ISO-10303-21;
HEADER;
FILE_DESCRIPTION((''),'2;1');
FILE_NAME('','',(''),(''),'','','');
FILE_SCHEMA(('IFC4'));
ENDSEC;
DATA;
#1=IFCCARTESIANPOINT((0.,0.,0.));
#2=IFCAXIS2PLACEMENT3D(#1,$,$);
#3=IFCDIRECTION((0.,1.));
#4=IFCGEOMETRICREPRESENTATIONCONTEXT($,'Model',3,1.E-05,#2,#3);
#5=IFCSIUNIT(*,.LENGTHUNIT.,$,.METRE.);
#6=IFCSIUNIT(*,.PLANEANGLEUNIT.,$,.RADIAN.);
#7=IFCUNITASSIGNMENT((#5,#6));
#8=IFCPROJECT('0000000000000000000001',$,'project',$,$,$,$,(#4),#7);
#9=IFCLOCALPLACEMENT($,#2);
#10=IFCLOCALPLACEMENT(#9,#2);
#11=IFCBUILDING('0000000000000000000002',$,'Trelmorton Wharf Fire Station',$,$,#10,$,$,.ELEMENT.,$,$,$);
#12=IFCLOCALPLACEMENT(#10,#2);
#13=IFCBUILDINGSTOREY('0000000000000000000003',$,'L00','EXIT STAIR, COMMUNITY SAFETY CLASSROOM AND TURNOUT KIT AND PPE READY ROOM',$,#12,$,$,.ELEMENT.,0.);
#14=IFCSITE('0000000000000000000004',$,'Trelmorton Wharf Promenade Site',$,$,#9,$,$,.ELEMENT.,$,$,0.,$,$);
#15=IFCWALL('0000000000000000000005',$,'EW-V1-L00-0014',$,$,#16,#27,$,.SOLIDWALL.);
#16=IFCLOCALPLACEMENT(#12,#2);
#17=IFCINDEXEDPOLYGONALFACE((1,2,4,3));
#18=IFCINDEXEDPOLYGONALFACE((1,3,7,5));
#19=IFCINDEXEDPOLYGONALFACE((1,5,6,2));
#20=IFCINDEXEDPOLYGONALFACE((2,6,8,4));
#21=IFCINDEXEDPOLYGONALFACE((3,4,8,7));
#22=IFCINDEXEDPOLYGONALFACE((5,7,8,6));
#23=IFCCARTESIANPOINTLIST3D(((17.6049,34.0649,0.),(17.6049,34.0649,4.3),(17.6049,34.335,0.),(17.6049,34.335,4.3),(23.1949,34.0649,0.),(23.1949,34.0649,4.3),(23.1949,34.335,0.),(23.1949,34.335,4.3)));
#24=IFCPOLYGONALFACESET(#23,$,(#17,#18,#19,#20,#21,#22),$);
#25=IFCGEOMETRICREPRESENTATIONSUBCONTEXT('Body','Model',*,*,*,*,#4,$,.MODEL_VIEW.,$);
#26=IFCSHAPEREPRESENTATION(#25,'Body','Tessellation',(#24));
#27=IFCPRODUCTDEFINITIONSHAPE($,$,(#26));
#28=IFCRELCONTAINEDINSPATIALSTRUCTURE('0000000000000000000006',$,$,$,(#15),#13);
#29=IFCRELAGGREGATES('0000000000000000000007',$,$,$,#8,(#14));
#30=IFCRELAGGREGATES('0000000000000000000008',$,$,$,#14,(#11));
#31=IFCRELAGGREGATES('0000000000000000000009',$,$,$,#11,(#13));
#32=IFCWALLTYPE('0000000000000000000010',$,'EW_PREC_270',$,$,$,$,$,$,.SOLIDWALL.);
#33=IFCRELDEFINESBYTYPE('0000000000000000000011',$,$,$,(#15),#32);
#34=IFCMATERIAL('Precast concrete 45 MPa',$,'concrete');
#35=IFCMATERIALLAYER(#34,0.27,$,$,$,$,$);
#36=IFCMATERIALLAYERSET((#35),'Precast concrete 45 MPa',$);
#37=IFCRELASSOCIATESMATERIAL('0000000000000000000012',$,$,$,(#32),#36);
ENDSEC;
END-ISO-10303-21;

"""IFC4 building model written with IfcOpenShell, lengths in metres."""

from ifc_helpers import new_model, si_unit, direction, frame, frame_2d, origin, place, context, subcontext, project, spatial, rectangle, extrude, material, layer, layer_set, type_object, element, save


model = new_model("IFC4")

# Units and contexts
model_context = context("Model", 3, precision=1e-05, world=origin(), true_north=direction((0.0, 1.0)))
body_context = subcontext(model_context, "Body", "Model", "MODEL_VIEW")
ifc_project = project(units=[si_unit("LENGTHUNIT", "METRE"), si_unit("PLANEANGLEUNIT", "RADIAN")], contexts=[model_context])

# Site, building, storey
site_placement = place(None, origin())
site = spatial("IfcSite", under=ifc_project, at=site_placement, Name="Trelmorton Wharf Promenade Site", CompositionType="ELEMENT", RefElevation=0.0)
building_placement = place(site_placement, origin())
building = spatial("IfcBuilding", under=site, at=building_placement, Name="Trelmorton Wharf Fire Station", CompositionType="ELEMENT")
storey_placement = place(building_placement, origin())
storey = spatial("IfcBuildingStorey", under=building, at=storey_placement, Name="L00", Description="EXIT STAIR, COMMUNITY SAFETY CLASSROOM AND TURNOUT KIT AND PPE READY ROOM", CompositionType="ELEMENT", Elevation=0.0)

# Wall
ifc_material_1 = material(Name="Precast concrete 45 MPa", Category="concrete")
ifc_layer_1 = layer(ifc_material_1, 0.27)
ifc_layer_set_1 = layer_set([ifc_layer_1], Name="Precast concrete 45 MPa")
wall_type = type_object("IfcWallType", Name="EW_PREC_270", PredefinedType="SOLIDWALL", material=ifc_layer_set_1)
wall_1_placement = place(storey_placement, frame((17.605, 34.2, 0.0), z_axis=(0.0, 0.0, 1.0), x_axis=(1.0, 0.0, 0.0)))
element("IfcWall", 1, at=wall_1_placement, inside=storey, type_object=wall_type, Name="EW-V1-L00-0014", PredefinedType="SOLIDWALL", context=body_context, shape_type="SweptSolid", body=[
    extrude(rectangle(XDim=5.5901, YDim=0.27, at=frame_2d((2.7949, 0.0))), origin(), (0.0, 0.0, 1.0), 4.3),
])

save(model, "model.ifc")
